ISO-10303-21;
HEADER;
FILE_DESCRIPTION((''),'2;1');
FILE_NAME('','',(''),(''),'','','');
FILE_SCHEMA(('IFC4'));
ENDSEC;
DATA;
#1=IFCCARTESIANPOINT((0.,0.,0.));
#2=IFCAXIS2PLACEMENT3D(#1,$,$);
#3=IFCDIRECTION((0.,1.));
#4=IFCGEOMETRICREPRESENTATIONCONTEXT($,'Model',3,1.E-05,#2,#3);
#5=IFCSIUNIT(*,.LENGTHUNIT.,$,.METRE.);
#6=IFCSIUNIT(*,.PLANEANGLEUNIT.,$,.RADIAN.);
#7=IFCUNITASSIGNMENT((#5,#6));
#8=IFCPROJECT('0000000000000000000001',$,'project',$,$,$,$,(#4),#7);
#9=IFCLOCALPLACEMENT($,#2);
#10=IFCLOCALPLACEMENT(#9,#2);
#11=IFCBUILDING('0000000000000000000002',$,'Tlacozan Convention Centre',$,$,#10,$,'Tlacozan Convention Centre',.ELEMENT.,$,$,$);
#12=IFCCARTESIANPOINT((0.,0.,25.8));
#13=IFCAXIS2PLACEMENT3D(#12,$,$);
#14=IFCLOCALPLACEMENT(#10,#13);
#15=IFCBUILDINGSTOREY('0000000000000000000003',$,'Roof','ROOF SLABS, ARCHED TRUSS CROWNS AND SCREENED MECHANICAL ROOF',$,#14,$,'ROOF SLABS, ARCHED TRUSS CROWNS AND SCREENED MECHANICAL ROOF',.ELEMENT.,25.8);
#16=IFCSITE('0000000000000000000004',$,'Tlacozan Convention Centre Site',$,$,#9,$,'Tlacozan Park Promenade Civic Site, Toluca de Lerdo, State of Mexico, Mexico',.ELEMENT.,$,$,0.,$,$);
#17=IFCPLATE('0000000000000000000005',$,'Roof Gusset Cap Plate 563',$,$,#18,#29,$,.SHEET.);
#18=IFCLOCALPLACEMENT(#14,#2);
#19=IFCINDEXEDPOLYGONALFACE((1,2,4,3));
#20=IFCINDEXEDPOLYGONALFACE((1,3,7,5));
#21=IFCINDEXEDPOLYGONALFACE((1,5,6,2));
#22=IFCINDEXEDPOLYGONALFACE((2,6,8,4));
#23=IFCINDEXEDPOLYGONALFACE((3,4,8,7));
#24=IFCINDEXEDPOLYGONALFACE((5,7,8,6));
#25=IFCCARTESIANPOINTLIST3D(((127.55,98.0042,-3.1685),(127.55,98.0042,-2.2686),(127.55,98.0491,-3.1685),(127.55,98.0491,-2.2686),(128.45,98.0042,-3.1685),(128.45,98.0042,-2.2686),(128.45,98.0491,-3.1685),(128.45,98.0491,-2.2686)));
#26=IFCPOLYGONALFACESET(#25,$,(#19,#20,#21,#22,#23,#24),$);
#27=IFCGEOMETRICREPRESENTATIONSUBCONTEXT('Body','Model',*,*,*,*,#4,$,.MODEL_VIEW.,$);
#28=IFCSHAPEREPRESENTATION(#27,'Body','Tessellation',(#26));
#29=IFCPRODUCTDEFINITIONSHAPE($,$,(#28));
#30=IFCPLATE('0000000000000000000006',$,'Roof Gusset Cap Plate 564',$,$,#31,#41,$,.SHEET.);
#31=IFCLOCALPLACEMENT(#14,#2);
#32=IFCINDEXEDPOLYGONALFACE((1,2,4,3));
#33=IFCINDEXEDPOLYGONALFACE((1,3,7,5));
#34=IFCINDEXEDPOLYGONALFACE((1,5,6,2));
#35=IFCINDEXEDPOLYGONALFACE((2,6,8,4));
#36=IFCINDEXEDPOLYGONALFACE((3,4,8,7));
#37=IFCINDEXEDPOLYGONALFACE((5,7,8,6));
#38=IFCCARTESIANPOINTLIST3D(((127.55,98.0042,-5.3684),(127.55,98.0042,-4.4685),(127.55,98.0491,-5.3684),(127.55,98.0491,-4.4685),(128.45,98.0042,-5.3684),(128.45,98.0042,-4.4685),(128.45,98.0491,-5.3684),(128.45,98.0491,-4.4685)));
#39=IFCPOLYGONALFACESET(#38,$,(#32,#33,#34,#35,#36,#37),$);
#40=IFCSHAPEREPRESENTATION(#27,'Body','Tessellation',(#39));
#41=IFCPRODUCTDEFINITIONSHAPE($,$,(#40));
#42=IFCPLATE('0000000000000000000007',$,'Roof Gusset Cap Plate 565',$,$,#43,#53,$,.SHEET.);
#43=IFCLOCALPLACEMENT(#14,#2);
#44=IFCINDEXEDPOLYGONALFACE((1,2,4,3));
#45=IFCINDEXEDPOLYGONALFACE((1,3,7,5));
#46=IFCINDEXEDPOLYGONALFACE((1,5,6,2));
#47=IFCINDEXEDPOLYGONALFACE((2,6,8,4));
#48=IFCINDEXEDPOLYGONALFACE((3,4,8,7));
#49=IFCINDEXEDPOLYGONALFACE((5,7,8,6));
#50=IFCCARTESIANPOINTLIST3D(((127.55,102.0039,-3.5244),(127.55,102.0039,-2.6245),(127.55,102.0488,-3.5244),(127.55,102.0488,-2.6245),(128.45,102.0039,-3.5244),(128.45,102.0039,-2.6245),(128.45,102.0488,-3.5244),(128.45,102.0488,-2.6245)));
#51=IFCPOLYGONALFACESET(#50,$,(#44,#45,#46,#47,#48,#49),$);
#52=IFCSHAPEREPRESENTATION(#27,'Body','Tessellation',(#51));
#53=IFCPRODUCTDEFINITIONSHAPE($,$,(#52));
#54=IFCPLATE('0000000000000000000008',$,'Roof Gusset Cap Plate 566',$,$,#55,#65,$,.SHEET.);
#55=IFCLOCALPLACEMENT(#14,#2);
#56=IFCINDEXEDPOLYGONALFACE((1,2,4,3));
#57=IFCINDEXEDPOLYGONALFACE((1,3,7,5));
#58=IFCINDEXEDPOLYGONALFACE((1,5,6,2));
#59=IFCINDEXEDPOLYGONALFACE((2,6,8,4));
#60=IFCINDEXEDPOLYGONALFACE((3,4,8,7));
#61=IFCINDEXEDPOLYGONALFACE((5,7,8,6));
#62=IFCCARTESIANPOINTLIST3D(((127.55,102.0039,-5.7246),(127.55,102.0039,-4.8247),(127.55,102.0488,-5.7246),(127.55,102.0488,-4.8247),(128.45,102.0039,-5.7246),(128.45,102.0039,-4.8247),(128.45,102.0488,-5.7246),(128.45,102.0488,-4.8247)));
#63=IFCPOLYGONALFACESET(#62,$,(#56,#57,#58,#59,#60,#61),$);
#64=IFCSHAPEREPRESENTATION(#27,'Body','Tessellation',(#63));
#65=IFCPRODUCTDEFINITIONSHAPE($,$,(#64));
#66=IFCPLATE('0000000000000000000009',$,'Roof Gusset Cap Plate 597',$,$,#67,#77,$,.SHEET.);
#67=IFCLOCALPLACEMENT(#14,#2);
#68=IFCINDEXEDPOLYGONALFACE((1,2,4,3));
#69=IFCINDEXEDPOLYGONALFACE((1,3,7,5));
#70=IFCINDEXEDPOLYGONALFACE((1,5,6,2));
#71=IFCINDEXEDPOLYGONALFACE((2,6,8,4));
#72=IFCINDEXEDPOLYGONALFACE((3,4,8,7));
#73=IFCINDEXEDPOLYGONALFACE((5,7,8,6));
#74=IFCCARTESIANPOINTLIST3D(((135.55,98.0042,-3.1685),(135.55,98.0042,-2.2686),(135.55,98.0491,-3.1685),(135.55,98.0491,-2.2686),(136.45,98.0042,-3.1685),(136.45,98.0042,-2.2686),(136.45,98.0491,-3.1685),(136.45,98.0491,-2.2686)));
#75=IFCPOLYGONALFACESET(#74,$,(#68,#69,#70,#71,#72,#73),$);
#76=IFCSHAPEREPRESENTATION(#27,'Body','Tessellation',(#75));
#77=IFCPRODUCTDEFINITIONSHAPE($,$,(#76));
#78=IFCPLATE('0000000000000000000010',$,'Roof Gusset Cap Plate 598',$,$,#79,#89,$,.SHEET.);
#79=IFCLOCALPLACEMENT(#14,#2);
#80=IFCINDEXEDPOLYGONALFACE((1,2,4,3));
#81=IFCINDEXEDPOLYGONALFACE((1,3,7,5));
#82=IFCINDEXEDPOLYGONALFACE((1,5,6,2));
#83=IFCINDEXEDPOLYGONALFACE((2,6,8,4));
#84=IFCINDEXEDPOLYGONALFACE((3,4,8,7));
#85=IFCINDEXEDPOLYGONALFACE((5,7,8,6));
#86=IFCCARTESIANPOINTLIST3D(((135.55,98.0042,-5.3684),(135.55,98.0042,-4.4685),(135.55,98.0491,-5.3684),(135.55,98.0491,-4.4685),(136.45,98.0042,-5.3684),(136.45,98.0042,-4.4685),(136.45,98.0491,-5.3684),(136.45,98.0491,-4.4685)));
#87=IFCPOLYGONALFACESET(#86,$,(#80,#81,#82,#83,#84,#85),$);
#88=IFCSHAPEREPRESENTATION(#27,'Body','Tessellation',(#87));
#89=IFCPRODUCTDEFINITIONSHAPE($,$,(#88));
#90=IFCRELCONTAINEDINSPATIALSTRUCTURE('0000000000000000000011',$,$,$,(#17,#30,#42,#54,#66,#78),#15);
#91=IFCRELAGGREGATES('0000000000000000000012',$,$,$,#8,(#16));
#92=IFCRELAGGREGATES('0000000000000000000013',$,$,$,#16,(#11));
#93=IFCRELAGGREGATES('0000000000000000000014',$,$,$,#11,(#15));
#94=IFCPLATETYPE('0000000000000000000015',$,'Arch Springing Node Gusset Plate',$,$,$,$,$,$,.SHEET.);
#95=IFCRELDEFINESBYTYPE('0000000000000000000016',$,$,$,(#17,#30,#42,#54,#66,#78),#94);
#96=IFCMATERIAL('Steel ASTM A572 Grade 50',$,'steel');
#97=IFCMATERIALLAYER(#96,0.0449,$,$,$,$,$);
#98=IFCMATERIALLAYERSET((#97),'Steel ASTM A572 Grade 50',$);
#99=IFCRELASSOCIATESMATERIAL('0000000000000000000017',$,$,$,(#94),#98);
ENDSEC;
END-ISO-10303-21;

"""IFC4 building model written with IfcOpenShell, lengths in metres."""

from ifc_helpers import new_model, si_unit, direction, frame, origin, origin_2d, place, context, subcontext, project, spatial, rectangle, extrude, material, layer, layer_set, type_object, element, save


model = new_model("IFC4")

# Units and contexts
model_context = context("Model", 3, precision=1e-05, world=origin(), true_north=direction((0.0, 1.0)))
body_context = subcontext(model_context, "Body", "Model", "MODEL_VIEW")
ifc_project = project(units=[si_unit("LENGTHUNIT", "METRE"), si_unit("PLANEANGLEUNIT", "RADIAN")], contexts=[model_context])

# Site, building, storey
site_placement = place(None, origin())
site = spatial("IfcSite", under=ifc_project, at=site_placement, Name="Tlacozan Convention Centre Site", LongName="Tlacozan Park Promenade Civic Site, Toluca de Lerdo, State of Mexico, Mexico", CompositionType="ELEMENT", RefElevation=0.0)
building_placement = place(site_placement, origin())
building = spatial("IfcBuilding", under=site, at=building_placement, Name="Tlacozan Convention Centre", LongName="Tlacozan Convention Centre", CompositionType="ELEMENT")
storey_placement = place(building_placement, frame((0.0, 0.0, 25.8)))
storey = spatial("IfcBuildingStorey", under=building, at=storey_placement, Name="Roof", Description="ROOF SLABS, ARCHED TRUSS CROWNS AND SCREENED MECHANICAL ROOF", LongName="ROOF SLABS, ARCHED TRUSS CROWNS AND SCREENED MECHANICAL ROOF", CompositionType="ELEMENT", Elevation=25.8)

# Plates
ifc_material_1 = material(Name="Steel ASTM A572 Grade 50", Category="steel")
ifc_layer = layer(ifc_material_1, 0.0449)
ifc_layer_set = layer_set([ifc_layer], Name="Steel ASTM A572 Grade 50")
plate_type = type_object("IfcPlateType", Name="Arch Springing Node Gusset Plate", PredefinedType="SHEET", material=ifc_layer_set)
for number, where, z_axis, x_axis, name in (
    (1, (128.0, 98.0266, -3.1685), (0.0, 0.0, 1.0), (0.0, 1.0, 0.0), "Roof Gusset Cap Plate 563"),
    (2, (128.0, 98.0266, -5.3684), (0.0, 0.0, 1.0), (0.0, 1.0, 0.0), "Roof Gusset Cap Plate 564"),
    (3, (128.0, 102.0264, -3.5244), (0.0, 0.0, 1.0), (0.0, 1.0, 0.0), "Roof Gusset Cap Plate 565"),
    (4, (128.0, 102.0264, -5.7246), (0.0, 0.0, 1.0), (0.0, 1.0, 0.0), "Roof Gusset Cap Plate 566"),
    (5, (136.0, 98.0266, -3.1685), (0.0, 0.0, 1.0), (0.0, 1.0, 0.0), "Roof Gusset Cap Plate 597"),
    (6, (136.0, 98.0266, -5.3684), (0.0, 0.0, 1.0), (0.0, 1.0, 0.0), "Roof Gusset Cap Plate 598"),
):
    element("IfcPlate", number, at=place(storey_placement, frame(where, z_axis=z_axis, x_axis=x_axis)), inside=storey, type_object=plate_type, Name=name, PredefinedType="SHEET", context=body_context, shape_type="SweptSolid", body=[
        extrude(rectangle(XDim=0.0449, YDim=0.8999, at=origin_2d()), origin(), (0.0, 0.0, 1.0), 0.8999),
    ])

save(model, "model.ifc")
